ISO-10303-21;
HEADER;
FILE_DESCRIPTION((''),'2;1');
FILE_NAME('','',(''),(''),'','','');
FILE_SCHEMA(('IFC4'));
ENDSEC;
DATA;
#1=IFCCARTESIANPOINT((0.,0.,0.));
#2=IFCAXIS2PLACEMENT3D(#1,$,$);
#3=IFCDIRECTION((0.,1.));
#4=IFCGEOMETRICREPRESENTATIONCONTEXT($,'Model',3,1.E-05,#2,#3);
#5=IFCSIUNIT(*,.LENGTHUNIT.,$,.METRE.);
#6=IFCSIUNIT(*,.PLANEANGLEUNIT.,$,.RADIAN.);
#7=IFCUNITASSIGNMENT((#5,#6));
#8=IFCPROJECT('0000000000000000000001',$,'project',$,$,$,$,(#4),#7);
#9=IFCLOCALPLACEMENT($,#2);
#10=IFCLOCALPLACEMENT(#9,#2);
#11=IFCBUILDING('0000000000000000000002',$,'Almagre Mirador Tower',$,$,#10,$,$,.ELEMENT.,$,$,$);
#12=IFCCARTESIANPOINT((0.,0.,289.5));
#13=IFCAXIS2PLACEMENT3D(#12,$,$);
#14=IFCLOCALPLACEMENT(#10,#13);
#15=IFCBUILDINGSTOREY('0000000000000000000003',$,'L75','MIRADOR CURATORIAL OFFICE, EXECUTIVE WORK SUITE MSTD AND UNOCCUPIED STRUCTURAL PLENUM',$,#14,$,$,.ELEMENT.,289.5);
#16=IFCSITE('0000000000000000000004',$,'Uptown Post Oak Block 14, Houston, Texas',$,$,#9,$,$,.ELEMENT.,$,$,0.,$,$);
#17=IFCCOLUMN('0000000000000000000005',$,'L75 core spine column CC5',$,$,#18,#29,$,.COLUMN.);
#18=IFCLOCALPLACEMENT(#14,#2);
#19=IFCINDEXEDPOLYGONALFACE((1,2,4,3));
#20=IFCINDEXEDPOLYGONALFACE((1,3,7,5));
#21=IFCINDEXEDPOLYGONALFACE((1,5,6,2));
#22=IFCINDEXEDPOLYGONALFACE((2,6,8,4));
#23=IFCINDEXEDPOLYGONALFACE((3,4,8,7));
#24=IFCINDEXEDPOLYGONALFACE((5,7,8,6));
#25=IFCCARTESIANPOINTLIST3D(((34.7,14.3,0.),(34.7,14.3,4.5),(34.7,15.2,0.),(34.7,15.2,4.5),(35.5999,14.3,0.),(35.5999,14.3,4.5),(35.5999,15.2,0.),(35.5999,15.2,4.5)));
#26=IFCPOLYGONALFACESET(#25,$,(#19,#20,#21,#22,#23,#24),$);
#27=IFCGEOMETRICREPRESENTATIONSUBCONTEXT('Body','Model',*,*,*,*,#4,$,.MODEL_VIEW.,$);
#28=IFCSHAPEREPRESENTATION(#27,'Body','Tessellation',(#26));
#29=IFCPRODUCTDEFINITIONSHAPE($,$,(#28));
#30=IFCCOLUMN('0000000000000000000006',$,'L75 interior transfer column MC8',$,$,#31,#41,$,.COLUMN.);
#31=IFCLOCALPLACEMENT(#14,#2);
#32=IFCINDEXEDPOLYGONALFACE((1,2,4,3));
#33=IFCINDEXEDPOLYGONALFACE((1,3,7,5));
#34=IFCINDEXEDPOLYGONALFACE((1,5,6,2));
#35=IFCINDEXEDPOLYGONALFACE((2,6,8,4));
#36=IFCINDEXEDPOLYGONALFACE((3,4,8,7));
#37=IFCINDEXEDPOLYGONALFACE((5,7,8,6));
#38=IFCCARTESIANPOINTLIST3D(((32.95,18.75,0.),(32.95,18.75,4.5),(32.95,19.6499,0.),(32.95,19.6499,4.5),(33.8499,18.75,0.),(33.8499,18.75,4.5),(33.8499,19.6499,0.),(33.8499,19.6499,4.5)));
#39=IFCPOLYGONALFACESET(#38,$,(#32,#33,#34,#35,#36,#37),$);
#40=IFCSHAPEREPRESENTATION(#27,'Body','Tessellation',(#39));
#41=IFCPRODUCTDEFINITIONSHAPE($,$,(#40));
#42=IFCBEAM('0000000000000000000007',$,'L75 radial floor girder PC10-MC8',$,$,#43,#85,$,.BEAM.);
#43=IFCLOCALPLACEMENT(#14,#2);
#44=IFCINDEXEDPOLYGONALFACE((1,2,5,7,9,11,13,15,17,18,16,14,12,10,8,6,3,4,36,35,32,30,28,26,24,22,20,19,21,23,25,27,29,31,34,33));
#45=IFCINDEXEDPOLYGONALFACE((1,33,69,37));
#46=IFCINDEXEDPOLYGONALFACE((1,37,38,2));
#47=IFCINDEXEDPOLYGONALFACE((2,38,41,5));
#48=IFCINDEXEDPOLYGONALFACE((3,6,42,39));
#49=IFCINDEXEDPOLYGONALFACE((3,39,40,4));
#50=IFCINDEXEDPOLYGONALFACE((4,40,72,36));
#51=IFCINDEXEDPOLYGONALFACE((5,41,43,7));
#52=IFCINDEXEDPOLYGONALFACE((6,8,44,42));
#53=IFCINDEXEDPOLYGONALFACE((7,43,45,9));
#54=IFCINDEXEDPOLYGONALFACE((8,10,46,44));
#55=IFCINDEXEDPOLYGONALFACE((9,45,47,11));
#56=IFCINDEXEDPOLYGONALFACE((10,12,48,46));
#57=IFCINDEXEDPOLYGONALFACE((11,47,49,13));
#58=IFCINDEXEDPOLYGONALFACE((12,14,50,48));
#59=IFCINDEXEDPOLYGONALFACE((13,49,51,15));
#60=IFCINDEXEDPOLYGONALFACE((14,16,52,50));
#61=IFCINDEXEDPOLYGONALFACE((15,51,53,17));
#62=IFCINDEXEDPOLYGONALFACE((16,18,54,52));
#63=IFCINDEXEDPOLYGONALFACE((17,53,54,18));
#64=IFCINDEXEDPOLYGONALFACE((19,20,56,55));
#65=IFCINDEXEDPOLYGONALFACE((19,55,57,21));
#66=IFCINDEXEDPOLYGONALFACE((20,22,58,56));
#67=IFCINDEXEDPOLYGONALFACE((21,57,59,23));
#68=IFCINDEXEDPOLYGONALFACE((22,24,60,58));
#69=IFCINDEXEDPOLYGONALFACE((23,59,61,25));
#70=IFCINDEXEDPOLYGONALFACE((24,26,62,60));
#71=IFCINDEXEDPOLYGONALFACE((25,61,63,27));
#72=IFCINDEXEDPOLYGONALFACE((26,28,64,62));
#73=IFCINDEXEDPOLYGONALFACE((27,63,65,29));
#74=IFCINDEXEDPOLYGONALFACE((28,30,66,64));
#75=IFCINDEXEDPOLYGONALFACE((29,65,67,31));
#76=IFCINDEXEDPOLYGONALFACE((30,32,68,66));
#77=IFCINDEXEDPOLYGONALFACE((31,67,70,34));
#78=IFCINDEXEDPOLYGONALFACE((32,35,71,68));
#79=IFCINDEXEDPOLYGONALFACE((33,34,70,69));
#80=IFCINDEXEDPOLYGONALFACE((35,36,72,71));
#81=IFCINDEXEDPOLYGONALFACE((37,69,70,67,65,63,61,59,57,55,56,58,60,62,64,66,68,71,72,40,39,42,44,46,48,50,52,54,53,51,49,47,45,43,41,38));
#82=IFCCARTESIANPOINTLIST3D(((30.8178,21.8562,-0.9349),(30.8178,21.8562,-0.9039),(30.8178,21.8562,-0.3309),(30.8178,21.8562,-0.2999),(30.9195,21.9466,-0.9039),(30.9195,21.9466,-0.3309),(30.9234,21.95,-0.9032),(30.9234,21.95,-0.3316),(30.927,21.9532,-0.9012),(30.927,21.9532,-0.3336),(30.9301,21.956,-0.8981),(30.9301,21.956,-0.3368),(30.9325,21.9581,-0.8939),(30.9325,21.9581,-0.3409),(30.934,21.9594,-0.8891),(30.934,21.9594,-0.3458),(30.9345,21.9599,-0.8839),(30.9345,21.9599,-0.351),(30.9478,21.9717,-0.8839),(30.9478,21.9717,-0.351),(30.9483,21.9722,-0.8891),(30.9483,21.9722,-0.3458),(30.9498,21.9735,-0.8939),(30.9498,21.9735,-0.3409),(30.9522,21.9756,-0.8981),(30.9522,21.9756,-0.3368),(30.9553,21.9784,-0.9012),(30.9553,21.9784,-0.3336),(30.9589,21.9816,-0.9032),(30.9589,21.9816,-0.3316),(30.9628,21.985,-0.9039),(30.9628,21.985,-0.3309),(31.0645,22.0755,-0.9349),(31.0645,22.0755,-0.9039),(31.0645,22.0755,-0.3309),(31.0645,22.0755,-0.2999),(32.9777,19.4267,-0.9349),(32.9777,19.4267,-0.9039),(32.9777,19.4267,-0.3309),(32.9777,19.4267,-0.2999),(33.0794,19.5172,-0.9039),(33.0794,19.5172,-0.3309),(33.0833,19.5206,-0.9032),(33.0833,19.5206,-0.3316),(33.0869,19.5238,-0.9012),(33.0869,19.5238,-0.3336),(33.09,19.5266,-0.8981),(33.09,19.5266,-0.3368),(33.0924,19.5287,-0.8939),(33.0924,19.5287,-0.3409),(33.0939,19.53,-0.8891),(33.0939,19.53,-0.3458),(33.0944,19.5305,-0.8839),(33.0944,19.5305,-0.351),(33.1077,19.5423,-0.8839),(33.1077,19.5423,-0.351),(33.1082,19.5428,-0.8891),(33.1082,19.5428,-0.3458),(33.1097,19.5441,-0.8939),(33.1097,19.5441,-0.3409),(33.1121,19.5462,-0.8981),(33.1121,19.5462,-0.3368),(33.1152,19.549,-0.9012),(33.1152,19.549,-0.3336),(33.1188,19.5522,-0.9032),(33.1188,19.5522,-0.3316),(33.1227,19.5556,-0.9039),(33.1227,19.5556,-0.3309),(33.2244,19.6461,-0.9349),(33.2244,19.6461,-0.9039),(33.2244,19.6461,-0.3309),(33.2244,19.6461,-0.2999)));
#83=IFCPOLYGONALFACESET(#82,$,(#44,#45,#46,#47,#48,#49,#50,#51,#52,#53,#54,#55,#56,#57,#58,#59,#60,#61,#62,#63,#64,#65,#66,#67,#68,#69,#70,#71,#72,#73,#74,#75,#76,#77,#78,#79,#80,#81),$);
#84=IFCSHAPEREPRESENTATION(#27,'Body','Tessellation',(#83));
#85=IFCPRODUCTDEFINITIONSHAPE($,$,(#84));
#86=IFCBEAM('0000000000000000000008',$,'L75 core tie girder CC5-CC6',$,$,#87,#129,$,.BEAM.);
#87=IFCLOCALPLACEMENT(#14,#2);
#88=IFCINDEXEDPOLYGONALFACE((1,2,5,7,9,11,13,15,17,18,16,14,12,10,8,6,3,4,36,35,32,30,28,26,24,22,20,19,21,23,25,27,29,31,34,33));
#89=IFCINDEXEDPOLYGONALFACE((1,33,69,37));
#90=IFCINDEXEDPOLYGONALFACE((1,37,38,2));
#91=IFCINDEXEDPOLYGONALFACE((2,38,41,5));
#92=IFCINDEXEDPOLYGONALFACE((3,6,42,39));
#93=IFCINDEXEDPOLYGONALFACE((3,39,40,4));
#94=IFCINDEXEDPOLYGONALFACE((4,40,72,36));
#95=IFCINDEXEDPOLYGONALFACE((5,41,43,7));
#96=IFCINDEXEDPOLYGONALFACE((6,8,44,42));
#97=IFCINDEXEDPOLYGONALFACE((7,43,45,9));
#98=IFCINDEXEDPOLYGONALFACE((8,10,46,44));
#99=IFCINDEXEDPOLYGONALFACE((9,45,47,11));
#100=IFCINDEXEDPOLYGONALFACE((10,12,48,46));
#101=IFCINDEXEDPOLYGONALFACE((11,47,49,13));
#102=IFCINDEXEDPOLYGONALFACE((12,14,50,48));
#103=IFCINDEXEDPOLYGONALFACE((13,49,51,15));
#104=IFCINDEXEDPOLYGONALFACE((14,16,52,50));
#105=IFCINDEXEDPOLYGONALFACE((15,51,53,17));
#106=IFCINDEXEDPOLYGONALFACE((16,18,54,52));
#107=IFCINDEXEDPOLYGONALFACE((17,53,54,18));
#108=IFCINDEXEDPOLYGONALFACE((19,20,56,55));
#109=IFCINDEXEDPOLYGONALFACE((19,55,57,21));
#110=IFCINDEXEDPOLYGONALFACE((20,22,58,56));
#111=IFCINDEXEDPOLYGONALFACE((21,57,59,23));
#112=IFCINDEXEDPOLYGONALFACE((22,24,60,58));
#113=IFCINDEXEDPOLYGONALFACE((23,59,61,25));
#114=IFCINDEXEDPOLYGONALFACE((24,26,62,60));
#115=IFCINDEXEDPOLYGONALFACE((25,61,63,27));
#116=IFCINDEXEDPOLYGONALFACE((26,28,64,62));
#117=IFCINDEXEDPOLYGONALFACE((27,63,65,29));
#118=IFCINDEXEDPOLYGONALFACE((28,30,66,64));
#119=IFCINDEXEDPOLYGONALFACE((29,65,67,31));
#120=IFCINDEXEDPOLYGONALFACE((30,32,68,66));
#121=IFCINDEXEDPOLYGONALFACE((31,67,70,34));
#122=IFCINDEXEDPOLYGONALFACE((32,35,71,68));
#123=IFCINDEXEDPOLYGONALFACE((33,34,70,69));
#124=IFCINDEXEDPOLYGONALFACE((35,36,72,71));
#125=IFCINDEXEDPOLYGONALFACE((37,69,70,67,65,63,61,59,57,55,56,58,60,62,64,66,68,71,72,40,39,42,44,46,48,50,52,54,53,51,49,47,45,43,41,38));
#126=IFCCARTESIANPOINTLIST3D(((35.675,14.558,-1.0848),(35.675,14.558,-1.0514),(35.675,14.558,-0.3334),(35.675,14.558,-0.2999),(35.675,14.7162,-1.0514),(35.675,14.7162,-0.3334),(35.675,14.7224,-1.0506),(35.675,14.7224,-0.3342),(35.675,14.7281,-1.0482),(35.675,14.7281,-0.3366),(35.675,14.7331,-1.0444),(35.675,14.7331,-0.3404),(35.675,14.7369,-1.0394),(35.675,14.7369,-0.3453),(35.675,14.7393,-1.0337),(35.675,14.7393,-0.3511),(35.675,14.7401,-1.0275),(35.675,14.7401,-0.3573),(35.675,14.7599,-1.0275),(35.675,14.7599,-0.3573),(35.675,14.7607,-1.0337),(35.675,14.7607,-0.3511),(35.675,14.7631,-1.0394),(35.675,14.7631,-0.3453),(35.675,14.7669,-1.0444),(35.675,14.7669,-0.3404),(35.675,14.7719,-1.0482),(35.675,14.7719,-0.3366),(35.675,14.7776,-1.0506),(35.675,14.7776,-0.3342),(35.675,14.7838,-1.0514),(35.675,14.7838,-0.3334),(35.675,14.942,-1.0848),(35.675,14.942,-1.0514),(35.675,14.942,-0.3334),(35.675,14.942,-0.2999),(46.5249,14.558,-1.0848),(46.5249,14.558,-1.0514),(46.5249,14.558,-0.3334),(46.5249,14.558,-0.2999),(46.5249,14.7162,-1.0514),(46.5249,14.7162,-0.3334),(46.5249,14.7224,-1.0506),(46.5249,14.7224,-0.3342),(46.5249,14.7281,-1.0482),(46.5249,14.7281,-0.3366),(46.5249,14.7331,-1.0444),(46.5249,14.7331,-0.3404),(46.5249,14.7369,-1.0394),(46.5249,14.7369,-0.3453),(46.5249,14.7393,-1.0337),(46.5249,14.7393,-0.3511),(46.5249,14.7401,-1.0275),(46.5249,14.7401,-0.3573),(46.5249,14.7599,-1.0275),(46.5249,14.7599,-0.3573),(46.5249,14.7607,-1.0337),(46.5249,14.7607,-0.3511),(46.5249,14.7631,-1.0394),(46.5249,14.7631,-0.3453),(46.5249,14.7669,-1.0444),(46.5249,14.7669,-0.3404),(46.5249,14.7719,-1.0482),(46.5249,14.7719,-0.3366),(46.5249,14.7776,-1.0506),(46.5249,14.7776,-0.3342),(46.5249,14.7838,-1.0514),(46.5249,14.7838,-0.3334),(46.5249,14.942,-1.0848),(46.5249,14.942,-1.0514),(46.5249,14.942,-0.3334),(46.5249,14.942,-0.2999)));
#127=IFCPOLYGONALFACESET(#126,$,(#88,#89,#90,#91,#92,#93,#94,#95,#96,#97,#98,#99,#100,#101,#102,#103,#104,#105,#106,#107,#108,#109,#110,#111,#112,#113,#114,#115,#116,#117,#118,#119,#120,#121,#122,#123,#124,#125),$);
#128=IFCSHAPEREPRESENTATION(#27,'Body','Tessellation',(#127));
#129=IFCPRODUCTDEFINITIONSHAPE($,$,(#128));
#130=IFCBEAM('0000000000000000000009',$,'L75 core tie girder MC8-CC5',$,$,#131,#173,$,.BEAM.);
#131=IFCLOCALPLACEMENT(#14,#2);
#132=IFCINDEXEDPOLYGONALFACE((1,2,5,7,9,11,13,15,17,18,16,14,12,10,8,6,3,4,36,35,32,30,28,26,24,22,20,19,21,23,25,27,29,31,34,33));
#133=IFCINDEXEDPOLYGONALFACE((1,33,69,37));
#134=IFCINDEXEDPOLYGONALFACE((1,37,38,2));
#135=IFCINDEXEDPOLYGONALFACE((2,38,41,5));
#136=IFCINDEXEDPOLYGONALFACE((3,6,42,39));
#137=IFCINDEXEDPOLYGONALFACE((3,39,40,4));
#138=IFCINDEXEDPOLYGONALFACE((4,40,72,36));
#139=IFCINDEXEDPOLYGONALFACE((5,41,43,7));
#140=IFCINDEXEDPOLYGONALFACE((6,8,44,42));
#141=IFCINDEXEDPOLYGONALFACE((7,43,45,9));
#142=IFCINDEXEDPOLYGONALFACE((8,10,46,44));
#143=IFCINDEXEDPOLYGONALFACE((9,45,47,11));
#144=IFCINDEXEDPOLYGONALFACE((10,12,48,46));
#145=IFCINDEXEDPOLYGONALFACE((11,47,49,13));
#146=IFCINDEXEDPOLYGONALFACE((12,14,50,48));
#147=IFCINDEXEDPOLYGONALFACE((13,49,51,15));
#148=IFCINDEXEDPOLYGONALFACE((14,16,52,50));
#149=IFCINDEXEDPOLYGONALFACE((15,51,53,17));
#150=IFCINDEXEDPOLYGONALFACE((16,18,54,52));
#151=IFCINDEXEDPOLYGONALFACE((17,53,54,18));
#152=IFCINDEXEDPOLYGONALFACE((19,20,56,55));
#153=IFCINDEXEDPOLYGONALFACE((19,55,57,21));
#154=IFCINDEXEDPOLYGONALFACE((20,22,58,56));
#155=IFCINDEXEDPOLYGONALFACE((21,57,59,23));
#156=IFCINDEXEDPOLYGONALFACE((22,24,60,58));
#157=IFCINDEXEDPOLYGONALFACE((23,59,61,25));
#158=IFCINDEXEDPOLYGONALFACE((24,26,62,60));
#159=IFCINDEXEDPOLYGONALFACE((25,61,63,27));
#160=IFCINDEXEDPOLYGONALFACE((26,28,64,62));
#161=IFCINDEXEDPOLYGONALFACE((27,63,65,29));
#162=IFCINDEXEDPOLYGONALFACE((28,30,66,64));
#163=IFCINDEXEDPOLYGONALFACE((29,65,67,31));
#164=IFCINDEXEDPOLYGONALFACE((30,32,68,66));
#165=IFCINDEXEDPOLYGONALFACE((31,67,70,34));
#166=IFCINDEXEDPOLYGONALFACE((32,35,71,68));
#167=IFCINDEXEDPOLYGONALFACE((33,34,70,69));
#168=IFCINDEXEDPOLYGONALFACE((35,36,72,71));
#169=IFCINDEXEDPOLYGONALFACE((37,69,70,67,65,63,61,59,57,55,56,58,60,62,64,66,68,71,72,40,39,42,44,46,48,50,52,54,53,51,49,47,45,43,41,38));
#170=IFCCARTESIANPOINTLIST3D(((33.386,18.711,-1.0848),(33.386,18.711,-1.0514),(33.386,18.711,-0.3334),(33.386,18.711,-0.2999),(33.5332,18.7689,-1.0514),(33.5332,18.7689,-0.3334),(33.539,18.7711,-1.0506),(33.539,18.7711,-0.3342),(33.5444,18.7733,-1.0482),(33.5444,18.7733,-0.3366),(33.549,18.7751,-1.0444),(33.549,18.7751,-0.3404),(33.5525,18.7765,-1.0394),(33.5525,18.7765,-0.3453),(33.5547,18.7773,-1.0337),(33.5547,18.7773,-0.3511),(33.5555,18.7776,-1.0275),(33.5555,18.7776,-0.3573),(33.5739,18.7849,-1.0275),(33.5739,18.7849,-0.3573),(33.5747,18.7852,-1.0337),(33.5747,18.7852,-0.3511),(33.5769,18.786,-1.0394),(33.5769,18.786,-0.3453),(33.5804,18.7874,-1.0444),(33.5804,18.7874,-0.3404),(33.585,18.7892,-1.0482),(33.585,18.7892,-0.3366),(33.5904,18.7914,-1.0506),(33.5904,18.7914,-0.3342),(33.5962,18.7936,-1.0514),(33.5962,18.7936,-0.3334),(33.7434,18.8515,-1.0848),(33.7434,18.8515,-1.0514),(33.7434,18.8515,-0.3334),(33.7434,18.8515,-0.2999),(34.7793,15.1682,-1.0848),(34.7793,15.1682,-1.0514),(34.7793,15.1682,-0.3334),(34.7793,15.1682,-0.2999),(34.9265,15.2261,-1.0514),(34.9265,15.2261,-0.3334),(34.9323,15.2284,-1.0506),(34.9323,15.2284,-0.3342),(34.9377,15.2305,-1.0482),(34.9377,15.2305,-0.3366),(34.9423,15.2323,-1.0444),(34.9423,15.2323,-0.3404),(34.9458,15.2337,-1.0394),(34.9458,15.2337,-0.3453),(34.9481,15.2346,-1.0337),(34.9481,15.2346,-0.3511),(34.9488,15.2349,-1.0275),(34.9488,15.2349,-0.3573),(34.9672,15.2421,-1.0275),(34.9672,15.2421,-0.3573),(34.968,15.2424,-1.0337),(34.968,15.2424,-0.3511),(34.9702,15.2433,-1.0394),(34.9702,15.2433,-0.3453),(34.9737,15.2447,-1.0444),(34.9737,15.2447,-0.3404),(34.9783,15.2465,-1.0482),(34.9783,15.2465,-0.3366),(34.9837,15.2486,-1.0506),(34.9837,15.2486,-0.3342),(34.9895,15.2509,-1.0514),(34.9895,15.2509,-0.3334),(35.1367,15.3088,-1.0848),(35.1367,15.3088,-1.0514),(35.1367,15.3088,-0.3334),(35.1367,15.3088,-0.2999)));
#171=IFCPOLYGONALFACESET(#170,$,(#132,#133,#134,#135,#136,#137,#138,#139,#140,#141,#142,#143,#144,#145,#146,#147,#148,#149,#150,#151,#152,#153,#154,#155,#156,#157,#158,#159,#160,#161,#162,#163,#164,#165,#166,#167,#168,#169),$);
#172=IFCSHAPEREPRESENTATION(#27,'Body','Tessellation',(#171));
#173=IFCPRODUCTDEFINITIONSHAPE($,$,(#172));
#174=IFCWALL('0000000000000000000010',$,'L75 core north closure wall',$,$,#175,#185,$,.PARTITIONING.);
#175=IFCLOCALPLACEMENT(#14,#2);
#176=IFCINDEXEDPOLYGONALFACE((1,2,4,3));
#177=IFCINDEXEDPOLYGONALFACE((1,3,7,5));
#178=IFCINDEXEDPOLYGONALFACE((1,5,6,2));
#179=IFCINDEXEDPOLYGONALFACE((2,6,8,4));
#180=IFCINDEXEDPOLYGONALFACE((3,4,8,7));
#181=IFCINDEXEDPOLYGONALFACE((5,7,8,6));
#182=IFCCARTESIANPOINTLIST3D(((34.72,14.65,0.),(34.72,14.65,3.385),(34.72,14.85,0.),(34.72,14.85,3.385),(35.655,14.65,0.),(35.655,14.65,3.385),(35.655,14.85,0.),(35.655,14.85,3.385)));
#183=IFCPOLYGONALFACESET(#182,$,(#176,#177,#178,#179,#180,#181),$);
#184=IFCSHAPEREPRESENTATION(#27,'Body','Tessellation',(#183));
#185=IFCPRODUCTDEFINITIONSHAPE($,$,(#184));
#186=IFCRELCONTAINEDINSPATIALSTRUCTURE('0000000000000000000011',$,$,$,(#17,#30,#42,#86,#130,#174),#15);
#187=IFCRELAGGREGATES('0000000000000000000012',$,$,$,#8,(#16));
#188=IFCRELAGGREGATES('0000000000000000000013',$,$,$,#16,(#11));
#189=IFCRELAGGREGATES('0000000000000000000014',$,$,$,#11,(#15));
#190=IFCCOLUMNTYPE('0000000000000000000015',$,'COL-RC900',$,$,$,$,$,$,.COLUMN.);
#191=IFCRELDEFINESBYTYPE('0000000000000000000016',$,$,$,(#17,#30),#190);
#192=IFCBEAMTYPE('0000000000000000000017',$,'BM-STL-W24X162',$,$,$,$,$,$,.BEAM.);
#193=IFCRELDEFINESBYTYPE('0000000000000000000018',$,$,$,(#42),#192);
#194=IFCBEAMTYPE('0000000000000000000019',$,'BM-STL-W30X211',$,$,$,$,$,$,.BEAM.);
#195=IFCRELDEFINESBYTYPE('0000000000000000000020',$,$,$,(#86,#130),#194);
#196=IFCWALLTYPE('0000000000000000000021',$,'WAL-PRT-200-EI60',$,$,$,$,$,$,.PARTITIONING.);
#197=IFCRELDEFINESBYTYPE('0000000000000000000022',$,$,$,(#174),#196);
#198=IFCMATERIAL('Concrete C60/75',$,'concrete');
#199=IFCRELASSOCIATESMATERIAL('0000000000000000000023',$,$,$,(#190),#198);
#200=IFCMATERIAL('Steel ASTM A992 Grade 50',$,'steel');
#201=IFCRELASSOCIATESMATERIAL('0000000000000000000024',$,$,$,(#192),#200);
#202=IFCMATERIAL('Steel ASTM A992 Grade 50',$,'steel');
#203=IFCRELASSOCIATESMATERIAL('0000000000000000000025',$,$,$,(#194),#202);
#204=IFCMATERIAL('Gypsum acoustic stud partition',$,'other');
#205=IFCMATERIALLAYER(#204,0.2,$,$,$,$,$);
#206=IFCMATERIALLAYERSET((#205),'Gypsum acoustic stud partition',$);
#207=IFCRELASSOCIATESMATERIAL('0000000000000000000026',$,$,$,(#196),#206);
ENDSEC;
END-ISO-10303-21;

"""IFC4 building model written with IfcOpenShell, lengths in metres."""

from ifc_helpers import new_model, si_unit, direction, frame, frame_2d, origin, origin_2d, place, context, subcontext, project, spatial, rectangle, i_section, extrude, material, layer, layer_set, material_profile, profile_set, type_object, element, save


model = new_model("IFC4")

# Units and contexts
model_context = context("Model", 3, precision=1e-05, world=origin(), true_north=direction((0.0, 1.0)))
body_context = subcontext(model_context, "Body", "Model", "MODEL_VIEW")
ifc_project = project(units=[si_unit("LENGTHUNIT", "METRE"), si_unit("PLANEANGLEUNIT", "RADIAN")], contexts=[model_context])

# Site, building, storey
site_placement = place(None, origin())
site = spatial("IfcSite", under=ifc_project, at=site_placement, Name="Uptown Post Oak Block 14, Houston, Texas", CompositionType="ELEMENT", RefElevation=0.0)
building_placement = place(site_placement, origin())
building = spatial("IfcBuilding", under=site, at=building_placement, Name="Almagre Mirador Tower", CompositionType="ELEMENT")
storey_placement = place(building_placement, frame((0.0, 0.0, 289.5)))
storey = spatial("IfcBuildingStorey", under=building, at=storey_placement, Name="L75", Description="MIRADOR CURATORIAL OFFICE, EXECUTIVE WORK SUITE MSTD AND UNOCCUPIED STRUCTURAL PLENUM", CompositionType="ELEMENT", Elevation=289.5)

# Columns
ifc_material_1 = material(Name="Concrete C60/75", Category="concrete")
ifc_material_profile_1 = material_profile(ifc_material_1, rectangle(XDim=0.8999, YDim=0.8999, at=origin_2d()), Name="RC900X900")
ifc_profile_set_1 = profile_set([ifc_material_profile_1], Name="Concrete C60/75")
column_type = type_object("IfcColumnType", Name="COL-RC900", PredefinedType="COLUMN", material=ifc_profile_set_1)
for number, where, z_axis, x_axis, name in (
    (1, (35.1499, 14.75, 0.0), (0.0, 0.0, 1.0), (1.0, 0.0, 0.0), "L75 core spine column CC5"),
    (2, (33.3999, 19.2, 0.0), (0.0, 0.0, 1.0), (1.0, 0.0, 0.0), "L75 interior transfer column MC8"),
):
    element("IfcColumn", number, at=place(storey_placement, frame(where, z_axis=z_axis, x_axis=x_axis)), inside=storey, type_object=column_type, Name=name, PredefinedType="COLUMN", context=body_context, shape_type="SweptSolid", body=[
        extrude(rectangle(XDim=0.8999, YDim=0.8999, at=origin_2d()), origin(), (0.0, 0.0, 1.0), 4.5),
    ])

# Beams
ifc_material_2 = material(Name="Steel ASTM A992 Grade 50", Category="steel")
ifc_material_profile_2 = material_profile(ifc_material_2, i_section(OverallWidth=0.3301, OverallDepth=0.635, WebThickness=0.0178, FlangeThickness=0.031, FilletRadius=0.02, at=origin_2d()), Name="W24X162")
ifc_profile_set_2 = profile_set([ifc_material_profile_2], Name="Steel ASTM A992 Grade 50")
beam_type_1 = type_object("IfcBeamType", Name="BM-STL-W24X162", PredefinedType="BEAM", material=ifc_profile_set_2)
beam_1_placement = place(storey_placement, frame((30.9412, 21.9658, -0.6174), z_axis=(0.664434, -0.747347, 0.0), x_axis=(0.747347, 0.664434, 0.0)))
element("IfcBeam", 3, at=beam_1_placement, inside=storey, type_object=beam_type_1, Name="L75 radial floor girder PC10-MC8", PredefinedType="BEAM", context=body_context, shape_type="SweptSolid", body=[
    extrude(i_section(OverallWidth=0.3301, OverallDepth=0.635, WebThickness=0.0178, FlangeThickness=0.031, FilletRadius=0.02, at=origin_2d()), origin(), (0.0, 0.0, 1.0), 3.2507),
])
ifc_material_3 = material(Name="Steel ASTM A992 Grade 50", Category="steel")
ifc_material_profile_3 = material_profile(ifc_material_3, i_section(OverallWidth=0.384, OverallDepth=0.7849, WebThickness=0.0198, FlangeThickness=0.0334, FilletRadius=0.0239, at=origin_2d()), Name="W30X211")
ifc_profile_set_3 = profile_set([ifc_material_profile_3], Name="Steel ASTM A992 Grade 50")
beam_type_2 = type_object("IfcBeamType", Name="BM-STL-W30X211", PredefinedType="BEAM", material=ifc_profile_set_3)
beam_2_placement = place(storey_placement, frame((35.675, 14.75, -0.6924), z_axis=(1.0, 0.0, 0.0), x_axis=(0.0, 1.0, 0.0)))
element("IfcBeam", 4, at=beam_2_placement, inside=storey, type_object=beam_type_2, Name="L75 core tie girder CC5-CC6", PredefinedType="BEAM", context=body_context, shape_type="SweptSolid", body=[
    extrude(i_section(OverallWidth=0.384, OverallDepth=0.7849, WebThickness=0.0198, FlangeThickness=0.0334, FilletRadius=0.0239, at=origin_2d()), origin(), (0.0, 0.0, 1.0), 10.8499),
])
beam_3_placement = place(storey_placement, frame((33.5647, 18.7812, -0.6924), z_axis=(0.366, -0.930615, 0.0), x_axis=(0.930615, 0.366, 0.0)))
element("IfcBeam", 5, at=beam_3_placement, inside=storey, type_object=beam_type_2, Name="L75 core tie girder MC8-CC5", PredefinedType="BEAM", context=body_context, shape_type="SweptSolid", body=[
    extrude(i_section(OverallWidth=0.384, OverallDepth=0.7849, WebThickness=0.0198, FlangeThickness=0.0334, FilletRadius=0.0239, at=origin_2d()), origin(), (0.0, 0.0, 1.0), 3.8069),
])

# Wall
ifc_material_4 = material(Name="Gypsum acoustic stud partition", Category="other")
ifc_layer_1 = layer(ifc_material_4, 0.2)
ifc_layer_set_1 = layer_set([ifc_layer_1], Name="Gypsum acoustic stud partition")
wall_type_1 = type_object("IfcWallType", Name="WAL-PRT-200-EI60", PredefinedType="PARTITIONING", material=ifc_layer_set_1)
wall_1_placement = place(storey_placement, frame((34.72, 14.75, 0.0), z_axis=(0.0, 0.0, 1.0), x_axis=(1.0, 0.0, 0.0)))
element("IfcWall", 6, at=wall_1_placement, inside=storey, type_object=wall_type_1, Name="L75 core north closure wall", PredefinedType="PARTITIONING", context=body_context, shape_type="SweptSolid", body=[
    extrude(rectangle(XDim=0.9351, YDim=0.2, at=frame_2d((0.4675, 0.0))), origin(), (0.0, 0.0, 1.0), 3.385),
])

save(model, "model.ifc")
